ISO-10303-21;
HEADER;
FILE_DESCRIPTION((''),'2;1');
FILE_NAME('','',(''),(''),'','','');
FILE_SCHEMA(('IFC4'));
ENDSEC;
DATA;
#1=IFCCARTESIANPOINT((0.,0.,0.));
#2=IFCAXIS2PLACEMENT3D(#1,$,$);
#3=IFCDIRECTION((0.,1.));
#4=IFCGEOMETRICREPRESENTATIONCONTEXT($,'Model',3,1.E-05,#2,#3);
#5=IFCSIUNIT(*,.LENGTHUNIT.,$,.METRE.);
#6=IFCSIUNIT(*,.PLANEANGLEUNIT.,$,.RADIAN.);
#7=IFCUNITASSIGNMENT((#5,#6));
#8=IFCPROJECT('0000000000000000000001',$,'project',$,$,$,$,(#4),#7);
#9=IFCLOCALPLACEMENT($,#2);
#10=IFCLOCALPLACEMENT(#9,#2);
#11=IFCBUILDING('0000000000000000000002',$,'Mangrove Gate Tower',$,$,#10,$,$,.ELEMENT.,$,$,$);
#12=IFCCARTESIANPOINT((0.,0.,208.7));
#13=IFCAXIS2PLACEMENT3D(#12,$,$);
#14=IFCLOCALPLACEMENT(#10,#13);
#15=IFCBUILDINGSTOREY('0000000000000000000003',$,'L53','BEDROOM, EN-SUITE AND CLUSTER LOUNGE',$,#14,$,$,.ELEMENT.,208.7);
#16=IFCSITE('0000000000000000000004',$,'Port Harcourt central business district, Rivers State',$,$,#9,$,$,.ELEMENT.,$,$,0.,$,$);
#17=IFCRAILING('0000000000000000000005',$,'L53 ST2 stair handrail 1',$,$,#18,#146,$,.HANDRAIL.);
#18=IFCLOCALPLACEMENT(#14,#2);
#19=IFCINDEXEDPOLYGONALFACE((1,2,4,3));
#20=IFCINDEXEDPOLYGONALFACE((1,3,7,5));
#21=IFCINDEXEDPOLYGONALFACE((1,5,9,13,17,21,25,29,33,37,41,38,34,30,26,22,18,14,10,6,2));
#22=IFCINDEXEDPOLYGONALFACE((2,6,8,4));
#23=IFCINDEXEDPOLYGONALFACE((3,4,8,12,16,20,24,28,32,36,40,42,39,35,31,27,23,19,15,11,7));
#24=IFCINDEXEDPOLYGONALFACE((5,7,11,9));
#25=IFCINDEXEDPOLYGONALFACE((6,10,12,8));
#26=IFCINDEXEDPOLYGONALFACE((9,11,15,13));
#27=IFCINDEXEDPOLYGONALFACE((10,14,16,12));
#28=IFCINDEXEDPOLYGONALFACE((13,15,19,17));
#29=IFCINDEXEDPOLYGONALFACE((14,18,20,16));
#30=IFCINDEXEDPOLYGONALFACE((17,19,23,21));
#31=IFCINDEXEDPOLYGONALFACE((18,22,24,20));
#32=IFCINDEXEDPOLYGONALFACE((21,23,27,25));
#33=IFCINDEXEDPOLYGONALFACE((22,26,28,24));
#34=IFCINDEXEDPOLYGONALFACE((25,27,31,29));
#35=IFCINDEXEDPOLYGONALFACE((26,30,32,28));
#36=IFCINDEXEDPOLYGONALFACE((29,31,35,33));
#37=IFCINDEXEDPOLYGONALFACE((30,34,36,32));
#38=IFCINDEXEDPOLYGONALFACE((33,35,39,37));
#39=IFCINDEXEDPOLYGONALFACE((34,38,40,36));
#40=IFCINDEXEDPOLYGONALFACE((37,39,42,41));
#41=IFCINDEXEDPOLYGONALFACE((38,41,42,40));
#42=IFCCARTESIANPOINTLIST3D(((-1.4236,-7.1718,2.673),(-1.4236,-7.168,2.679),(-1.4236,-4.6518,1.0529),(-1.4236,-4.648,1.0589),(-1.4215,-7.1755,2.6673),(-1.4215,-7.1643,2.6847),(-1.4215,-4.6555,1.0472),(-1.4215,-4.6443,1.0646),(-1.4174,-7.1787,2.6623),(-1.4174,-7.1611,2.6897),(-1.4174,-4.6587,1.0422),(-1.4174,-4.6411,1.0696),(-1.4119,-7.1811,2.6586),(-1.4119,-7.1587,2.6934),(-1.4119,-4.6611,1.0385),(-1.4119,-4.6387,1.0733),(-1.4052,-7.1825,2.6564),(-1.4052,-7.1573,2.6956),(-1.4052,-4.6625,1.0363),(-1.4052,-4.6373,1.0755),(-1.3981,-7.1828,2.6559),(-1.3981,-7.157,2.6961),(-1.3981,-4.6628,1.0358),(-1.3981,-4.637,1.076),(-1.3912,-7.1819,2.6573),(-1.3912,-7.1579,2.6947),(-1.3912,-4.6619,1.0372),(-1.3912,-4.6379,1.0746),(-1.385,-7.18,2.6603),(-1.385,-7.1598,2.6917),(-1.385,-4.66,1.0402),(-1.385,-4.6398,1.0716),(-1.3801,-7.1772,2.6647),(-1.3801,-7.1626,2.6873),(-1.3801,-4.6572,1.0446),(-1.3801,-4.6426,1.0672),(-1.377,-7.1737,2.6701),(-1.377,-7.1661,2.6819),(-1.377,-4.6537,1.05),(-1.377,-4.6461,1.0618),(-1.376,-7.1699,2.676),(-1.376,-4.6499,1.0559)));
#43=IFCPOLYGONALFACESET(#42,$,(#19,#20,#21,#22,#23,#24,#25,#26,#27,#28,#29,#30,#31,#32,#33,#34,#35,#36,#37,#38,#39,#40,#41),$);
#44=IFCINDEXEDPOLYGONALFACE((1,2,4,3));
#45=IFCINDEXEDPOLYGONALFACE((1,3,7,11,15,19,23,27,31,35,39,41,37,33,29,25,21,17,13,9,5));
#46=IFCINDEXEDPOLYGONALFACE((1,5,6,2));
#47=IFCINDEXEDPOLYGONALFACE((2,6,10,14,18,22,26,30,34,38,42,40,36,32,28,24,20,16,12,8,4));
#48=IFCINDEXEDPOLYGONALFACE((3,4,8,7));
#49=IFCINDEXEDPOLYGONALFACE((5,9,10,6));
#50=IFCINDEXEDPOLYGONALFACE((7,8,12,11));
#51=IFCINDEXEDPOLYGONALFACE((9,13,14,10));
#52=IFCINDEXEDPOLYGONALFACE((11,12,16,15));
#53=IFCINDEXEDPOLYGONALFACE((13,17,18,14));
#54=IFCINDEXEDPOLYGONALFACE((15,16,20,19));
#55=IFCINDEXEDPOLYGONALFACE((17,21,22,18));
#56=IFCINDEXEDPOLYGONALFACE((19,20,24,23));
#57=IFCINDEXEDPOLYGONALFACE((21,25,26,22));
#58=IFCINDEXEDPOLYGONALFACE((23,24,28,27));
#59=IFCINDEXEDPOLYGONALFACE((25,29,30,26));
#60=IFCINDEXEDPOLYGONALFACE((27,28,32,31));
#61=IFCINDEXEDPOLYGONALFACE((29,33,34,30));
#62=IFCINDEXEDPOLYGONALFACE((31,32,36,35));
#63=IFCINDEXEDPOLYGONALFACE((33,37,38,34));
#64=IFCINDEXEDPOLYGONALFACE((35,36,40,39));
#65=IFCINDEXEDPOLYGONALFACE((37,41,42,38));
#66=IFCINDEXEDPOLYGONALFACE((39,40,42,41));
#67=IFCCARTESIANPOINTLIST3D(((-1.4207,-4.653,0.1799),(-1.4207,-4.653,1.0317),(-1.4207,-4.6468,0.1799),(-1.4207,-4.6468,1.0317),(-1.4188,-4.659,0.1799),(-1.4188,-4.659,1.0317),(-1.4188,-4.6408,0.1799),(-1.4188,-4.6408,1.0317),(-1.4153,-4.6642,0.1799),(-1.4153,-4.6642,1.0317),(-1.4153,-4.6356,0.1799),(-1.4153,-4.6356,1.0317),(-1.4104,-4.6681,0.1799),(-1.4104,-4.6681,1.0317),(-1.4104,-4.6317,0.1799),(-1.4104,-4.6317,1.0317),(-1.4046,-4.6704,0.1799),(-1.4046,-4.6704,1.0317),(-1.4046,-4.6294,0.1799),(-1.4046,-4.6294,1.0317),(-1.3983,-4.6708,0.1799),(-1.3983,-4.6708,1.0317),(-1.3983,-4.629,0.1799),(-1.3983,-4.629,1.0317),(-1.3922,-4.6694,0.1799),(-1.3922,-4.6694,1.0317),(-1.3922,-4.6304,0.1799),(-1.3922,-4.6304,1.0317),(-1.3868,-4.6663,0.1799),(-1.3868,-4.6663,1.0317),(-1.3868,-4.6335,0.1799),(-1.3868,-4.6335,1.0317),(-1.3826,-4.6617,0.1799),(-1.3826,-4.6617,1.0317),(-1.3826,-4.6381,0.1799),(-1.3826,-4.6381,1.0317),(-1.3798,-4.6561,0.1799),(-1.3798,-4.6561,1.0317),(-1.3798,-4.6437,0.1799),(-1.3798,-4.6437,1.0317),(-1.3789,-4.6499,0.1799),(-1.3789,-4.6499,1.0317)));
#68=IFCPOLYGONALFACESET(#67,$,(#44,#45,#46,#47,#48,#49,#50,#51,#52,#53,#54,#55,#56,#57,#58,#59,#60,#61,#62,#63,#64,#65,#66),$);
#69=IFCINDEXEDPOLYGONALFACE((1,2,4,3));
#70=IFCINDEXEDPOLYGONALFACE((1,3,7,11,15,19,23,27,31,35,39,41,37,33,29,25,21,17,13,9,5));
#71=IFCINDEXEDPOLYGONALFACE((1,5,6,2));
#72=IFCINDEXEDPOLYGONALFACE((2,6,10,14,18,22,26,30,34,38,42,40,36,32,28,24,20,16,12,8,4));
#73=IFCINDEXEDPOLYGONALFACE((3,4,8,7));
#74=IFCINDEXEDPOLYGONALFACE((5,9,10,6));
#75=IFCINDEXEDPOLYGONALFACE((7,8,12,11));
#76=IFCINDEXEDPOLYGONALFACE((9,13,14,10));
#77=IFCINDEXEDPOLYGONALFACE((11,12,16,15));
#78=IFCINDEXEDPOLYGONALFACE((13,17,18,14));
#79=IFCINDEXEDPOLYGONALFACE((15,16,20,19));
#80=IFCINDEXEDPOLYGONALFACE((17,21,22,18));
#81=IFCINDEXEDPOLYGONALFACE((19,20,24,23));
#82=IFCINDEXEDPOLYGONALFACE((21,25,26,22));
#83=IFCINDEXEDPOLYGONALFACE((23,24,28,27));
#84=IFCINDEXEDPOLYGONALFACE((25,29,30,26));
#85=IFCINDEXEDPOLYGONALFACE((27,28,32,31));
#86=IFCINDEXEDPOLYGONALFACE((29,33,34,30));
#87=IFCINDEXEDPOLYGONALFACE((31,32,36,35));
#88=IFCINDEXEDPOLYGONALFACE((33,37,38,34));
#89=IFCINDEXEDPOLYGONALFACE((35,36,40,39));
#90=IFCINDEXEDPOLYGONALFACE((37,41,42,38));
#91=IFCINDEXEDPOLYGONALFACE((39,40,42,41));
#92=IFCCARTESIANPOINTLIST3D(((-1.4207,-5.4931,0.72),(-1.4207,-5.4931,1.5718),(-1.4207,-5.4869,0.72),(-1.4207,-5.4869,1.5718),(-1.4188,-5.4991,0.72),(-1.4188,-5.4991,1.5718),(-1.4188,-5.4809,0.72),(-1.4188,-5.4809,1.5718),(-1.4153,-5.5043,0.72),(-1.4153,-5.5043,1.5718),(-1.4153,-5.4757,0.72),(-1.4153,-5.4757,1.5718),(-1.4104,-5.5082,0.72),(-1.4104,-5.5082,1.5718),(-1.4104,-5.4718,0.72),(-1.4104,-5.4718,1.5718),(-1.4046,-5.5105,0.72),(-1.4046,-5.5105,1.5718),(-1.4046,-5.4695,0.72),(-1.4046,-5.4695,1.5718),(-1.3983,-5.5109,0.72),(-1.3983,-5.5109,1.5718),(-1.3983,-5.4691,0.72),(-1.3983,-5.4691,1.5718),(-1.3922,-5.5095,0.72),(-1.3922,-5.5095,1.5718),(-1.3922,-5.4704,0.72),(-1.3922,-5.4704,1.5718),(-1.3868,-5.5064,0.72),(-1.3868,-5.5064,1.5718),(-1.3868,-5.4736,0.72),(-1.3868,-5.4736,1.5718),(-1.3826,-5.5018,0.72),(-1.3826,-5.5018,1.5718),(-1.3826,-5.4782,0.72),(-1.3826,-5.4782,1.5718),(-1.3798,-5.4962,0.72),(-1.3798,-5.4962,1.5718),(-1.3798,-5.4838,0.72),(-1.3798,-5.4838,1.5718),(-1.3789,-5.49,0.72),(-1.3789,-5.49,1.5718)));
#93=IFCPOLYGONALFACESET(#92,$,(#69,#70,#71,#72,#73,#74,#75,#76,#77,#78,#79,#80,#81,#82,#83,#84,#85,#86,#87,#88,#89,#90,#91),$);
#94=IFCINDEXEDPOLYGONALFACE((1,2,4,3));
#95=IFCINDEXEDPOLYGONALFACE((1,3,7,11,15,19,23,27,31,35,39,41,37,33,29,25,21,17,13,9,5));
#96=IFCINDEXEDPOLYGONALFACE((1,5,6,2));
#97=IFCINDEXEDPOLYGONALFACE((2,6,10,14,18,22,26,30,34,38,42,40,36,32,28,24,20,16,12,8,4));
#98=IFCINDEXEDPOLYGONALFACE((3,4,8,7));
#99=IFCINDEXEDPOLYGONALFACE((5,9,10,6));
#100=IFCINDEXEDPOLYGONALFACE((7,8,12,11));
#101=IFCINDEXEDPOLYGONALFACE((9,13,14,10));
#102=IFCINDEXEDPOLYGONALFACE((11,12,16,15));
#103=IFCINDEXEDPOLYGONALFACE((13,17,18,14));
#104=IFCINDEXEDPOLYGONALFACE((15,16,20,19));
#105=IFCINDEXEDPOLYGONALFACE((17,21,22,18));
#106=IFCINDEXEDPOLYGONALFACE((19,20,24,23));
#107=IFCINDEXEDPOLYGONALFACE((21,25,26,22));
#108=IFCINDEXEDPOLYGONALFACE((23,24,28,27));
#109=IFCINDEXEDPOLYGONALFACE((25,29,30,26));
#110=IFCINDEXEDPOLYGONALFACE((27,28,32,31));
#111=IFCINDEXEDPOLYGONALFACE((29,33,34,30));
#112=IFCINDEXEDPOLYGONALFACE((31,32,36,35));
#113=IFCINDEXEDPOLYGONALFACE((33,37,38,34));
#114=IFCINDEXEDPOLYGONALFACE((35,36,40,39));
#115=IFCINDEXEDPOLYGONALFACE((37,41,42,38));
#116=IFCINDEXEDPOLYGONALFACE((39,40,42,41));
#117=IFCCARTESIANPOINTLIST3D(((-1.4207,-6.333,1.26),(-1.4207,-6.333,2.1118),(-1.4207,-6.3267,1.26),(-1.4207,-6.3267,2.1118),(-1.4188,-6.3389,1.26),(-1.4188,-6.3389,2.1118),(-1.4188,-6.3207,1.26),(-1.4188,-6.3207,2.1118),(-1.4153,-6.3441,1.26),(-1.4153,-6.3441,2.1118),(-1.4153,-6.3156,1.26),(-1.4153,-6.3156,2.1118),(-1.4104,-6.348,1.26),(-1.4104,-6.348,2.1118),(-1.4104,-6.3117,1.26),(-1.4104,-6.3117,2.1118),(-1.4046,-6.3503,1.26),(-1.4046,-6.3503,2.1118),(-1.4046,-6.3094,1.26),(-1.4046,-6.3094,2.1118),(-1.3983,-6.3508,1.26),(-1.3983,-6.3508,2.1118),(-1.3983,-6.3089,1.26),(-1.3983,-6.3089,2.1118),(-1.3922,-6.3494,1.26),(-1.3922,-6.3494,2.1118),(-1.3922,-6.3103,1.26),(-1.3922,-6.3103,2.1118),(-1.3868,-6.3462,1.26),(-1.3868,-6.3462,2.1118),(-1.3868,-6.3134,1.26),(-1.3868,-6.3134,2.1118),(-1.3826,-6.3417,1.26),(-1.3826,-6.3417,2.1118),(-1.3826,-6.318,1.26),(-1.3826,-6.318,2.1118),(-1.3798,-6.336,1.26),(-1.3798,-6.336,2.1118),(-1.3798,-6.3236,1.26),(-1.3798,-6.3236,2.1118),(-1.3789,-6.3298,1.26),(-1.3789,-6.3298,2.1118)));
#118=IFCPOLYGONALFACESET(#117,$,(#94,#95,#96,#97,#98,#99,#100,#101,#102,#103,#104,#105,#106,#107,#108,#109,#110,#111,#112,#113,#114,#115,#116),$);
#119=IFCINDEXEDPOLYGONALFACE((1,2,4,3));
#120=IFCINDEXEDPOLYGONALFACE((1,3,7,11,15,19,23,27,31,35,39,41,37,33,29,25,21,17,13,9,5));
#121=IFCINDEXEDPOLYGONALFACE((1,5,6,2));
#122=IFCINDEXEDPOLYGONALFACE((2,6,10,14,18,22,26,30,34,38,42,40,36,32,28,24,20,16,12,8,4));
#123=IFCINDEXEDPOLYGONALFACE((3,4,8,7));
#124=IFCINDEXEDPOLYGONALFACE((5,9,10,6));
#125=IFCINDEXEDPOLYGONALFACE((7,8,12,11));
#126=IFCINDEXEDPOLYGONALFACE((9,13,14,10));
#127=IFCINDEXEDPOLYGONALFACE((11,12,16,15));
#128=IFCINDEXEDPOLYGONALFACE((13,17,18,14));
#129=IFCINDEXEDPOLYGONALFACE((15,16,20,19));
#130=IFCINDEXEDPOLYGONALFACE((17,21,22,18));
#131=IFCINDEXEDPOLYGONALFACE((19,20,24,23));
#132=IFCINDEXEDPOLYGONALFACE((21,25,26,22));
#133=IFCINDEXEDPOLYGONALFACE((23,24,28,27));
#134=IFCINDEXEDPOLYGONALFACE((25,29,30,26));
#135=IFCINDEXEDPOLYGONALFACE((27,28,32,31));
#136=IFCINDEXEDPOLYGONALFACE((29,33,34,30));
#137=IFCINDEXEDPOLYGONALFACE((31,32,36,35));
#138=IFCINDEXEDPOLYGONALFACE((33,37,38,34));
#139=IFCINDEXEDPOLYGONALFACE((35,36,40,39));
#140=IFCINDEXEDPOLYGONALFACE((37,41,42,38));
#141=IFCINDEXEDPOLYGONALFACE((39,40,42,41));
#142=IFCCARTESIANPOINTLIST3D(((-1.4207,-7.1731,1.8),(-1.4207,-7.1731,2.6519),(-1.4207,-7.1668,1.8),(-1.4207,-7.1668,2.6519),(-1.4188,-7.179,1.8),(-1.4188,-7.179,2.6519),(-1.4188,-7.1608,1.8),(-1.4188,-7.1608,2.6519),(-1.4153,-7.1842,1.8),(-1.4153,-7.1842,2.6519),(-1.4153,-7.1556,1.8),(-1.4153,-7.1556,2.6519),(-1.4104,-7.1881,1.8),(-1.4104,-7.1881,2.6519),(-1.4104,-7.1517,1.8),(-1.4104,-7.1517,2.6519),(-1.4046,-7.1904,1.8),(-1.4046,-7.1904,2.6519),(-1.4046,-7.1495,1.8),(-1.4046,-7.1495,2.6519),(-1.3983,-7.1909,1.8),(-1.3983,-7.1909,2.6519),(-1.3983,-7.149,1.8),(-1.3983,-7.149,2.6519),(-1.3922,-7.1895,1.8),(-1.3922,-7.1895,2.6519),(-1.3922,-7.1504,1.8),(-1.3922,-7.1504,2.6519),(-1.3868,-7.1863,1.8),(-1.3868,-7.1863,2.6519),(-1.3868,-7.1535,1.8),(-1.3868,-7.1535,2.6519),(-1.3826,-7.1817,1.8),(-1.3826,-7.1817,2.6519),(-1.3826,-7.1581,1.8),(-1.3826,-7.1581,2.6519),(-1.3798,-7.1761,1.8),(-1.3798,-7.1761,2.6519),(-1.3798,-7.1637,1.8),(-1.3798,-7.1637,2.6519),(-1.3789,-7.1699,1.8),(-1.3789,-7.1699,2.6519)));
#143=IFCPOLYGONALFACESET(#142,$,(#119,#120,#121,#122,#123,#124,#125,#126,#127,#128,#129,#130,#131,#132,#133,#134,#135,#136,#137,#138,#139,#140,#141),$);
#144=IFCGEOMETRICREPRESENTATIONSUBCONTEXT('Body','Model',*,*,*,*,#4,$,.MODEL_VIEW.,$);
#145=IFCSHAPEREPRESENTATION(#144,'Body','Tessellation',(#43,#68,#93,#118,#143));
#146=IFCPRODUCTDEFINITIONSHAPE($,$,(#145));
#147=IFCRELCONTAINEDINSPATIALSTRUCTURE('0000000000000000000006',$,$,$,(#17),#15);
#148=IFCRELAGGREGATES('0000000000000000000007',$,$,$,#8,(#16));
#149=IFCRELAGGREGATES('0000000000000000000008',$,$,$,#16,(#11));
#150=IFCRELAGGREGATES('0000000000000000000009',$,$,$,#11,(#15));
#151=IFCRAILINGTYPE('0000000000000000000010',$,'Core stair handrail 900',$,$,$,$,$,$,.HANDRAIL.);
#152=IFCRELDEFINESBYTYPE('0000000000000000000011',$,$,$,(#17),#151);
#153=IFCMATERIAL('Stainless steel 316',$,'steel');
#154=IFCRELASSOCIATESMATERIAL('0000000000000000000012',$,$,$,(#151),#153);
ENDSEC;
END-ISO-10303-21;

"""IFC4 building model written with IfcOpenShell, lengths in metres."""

from ifc_helpers import new_model, si_unit, direction, frame, origin, origin_2d, place, context, subcontext, project, spatial, circle, extrude, material, type_object, element, save


model = new_model("IFC4")

# Units and contexts
model_context = context("Model", 3, precision=1e-05, world=origin(), true_north=direction((0.0, 1.0)))
body_context = subcontext(model_context, "Body", "Model", "MODEL_VIEW")
ifc_project = project(units=[si_unit("LENGTHUNIT", "METRE"), si_unit("PLANEANGLEUNIT", "RADIAN")], contexts=[model_context])

# Site, building, storey
site_placement = place(None, origin())
site = spatial("IfcSite", under=ifc_project, at=site_placement, Name="Port Harcourt central business district, Rivers State", CompositionType="ELEMENT", RefElevation=0.0)
building_placement = place(site_placement, origin())
building = spatial("IfcBuilding", under=site, at=building_placement, Name="Mangrove Gate Tower", CompositionType="ELEMENT")
storey_placement = place(building_placement, frame((0.0, 0.0, 208.7)))
storey = spatial("IfcBuildingStorey", under=building, at=storey_placement, Name="L53", Description="BEDROOM, EN-SUITE AND CLUSTER LOUNGE", CompositionType="ELEMENT", Elevation=208.7)

# Railing
ifc_material_1 = material(Name="Stainless steel 316", Category="steel")
railing_type_1 = type_object("IfcRailingType", Name="Core stair handrail 900", PredefinedType="HANDRAIL", material=ifc_material_1)
railing_1_placement = place(storey_placement, frame((-1.3999, -4.6499, 0.1799)))
element("IfcRailing", 1, at=railing_1_placement, inside=storey, type_object=railing_type_1, Name="L53 ST2 stair handrail 1", PredefinedType="HANDRAIL", context=body_context, shape_type="SweptSolid", body=[
    extrude(circle(Radius=0.0239, at=origin_2d()), frame((0.0, 0.0, 0.876), z_axis=(0.0, -0.841163, 0.540782), x_axis=(1.0, 0.0, 0.0)), (0.0, 0.0, 1.0), 2.9958),
    extrude(circle(Radius=0.021, at=origin_2d()), origin(), (0.0, 0.0, 1.0), 0.8518),
    extrude(circle(Radius=0.021, at=origin_2d()), frame((0.0, -0.8401, 0.54)), (0.0, 0.0, 1.0), 0.8518),
    extrude(circle(Radius=0.021, at=origin_2d()), frame((0.0, -1.6799, 1.0801)), (0.0, 0.0, 1.0), 0.8518),
    extrude(circle(Radius=0.021, at=origin_2d()), frame((0.0, -2.52, 1.6201)), (0.0, 0.0, 1.0), 0.8518),
])

save(model, "model.ifc")
